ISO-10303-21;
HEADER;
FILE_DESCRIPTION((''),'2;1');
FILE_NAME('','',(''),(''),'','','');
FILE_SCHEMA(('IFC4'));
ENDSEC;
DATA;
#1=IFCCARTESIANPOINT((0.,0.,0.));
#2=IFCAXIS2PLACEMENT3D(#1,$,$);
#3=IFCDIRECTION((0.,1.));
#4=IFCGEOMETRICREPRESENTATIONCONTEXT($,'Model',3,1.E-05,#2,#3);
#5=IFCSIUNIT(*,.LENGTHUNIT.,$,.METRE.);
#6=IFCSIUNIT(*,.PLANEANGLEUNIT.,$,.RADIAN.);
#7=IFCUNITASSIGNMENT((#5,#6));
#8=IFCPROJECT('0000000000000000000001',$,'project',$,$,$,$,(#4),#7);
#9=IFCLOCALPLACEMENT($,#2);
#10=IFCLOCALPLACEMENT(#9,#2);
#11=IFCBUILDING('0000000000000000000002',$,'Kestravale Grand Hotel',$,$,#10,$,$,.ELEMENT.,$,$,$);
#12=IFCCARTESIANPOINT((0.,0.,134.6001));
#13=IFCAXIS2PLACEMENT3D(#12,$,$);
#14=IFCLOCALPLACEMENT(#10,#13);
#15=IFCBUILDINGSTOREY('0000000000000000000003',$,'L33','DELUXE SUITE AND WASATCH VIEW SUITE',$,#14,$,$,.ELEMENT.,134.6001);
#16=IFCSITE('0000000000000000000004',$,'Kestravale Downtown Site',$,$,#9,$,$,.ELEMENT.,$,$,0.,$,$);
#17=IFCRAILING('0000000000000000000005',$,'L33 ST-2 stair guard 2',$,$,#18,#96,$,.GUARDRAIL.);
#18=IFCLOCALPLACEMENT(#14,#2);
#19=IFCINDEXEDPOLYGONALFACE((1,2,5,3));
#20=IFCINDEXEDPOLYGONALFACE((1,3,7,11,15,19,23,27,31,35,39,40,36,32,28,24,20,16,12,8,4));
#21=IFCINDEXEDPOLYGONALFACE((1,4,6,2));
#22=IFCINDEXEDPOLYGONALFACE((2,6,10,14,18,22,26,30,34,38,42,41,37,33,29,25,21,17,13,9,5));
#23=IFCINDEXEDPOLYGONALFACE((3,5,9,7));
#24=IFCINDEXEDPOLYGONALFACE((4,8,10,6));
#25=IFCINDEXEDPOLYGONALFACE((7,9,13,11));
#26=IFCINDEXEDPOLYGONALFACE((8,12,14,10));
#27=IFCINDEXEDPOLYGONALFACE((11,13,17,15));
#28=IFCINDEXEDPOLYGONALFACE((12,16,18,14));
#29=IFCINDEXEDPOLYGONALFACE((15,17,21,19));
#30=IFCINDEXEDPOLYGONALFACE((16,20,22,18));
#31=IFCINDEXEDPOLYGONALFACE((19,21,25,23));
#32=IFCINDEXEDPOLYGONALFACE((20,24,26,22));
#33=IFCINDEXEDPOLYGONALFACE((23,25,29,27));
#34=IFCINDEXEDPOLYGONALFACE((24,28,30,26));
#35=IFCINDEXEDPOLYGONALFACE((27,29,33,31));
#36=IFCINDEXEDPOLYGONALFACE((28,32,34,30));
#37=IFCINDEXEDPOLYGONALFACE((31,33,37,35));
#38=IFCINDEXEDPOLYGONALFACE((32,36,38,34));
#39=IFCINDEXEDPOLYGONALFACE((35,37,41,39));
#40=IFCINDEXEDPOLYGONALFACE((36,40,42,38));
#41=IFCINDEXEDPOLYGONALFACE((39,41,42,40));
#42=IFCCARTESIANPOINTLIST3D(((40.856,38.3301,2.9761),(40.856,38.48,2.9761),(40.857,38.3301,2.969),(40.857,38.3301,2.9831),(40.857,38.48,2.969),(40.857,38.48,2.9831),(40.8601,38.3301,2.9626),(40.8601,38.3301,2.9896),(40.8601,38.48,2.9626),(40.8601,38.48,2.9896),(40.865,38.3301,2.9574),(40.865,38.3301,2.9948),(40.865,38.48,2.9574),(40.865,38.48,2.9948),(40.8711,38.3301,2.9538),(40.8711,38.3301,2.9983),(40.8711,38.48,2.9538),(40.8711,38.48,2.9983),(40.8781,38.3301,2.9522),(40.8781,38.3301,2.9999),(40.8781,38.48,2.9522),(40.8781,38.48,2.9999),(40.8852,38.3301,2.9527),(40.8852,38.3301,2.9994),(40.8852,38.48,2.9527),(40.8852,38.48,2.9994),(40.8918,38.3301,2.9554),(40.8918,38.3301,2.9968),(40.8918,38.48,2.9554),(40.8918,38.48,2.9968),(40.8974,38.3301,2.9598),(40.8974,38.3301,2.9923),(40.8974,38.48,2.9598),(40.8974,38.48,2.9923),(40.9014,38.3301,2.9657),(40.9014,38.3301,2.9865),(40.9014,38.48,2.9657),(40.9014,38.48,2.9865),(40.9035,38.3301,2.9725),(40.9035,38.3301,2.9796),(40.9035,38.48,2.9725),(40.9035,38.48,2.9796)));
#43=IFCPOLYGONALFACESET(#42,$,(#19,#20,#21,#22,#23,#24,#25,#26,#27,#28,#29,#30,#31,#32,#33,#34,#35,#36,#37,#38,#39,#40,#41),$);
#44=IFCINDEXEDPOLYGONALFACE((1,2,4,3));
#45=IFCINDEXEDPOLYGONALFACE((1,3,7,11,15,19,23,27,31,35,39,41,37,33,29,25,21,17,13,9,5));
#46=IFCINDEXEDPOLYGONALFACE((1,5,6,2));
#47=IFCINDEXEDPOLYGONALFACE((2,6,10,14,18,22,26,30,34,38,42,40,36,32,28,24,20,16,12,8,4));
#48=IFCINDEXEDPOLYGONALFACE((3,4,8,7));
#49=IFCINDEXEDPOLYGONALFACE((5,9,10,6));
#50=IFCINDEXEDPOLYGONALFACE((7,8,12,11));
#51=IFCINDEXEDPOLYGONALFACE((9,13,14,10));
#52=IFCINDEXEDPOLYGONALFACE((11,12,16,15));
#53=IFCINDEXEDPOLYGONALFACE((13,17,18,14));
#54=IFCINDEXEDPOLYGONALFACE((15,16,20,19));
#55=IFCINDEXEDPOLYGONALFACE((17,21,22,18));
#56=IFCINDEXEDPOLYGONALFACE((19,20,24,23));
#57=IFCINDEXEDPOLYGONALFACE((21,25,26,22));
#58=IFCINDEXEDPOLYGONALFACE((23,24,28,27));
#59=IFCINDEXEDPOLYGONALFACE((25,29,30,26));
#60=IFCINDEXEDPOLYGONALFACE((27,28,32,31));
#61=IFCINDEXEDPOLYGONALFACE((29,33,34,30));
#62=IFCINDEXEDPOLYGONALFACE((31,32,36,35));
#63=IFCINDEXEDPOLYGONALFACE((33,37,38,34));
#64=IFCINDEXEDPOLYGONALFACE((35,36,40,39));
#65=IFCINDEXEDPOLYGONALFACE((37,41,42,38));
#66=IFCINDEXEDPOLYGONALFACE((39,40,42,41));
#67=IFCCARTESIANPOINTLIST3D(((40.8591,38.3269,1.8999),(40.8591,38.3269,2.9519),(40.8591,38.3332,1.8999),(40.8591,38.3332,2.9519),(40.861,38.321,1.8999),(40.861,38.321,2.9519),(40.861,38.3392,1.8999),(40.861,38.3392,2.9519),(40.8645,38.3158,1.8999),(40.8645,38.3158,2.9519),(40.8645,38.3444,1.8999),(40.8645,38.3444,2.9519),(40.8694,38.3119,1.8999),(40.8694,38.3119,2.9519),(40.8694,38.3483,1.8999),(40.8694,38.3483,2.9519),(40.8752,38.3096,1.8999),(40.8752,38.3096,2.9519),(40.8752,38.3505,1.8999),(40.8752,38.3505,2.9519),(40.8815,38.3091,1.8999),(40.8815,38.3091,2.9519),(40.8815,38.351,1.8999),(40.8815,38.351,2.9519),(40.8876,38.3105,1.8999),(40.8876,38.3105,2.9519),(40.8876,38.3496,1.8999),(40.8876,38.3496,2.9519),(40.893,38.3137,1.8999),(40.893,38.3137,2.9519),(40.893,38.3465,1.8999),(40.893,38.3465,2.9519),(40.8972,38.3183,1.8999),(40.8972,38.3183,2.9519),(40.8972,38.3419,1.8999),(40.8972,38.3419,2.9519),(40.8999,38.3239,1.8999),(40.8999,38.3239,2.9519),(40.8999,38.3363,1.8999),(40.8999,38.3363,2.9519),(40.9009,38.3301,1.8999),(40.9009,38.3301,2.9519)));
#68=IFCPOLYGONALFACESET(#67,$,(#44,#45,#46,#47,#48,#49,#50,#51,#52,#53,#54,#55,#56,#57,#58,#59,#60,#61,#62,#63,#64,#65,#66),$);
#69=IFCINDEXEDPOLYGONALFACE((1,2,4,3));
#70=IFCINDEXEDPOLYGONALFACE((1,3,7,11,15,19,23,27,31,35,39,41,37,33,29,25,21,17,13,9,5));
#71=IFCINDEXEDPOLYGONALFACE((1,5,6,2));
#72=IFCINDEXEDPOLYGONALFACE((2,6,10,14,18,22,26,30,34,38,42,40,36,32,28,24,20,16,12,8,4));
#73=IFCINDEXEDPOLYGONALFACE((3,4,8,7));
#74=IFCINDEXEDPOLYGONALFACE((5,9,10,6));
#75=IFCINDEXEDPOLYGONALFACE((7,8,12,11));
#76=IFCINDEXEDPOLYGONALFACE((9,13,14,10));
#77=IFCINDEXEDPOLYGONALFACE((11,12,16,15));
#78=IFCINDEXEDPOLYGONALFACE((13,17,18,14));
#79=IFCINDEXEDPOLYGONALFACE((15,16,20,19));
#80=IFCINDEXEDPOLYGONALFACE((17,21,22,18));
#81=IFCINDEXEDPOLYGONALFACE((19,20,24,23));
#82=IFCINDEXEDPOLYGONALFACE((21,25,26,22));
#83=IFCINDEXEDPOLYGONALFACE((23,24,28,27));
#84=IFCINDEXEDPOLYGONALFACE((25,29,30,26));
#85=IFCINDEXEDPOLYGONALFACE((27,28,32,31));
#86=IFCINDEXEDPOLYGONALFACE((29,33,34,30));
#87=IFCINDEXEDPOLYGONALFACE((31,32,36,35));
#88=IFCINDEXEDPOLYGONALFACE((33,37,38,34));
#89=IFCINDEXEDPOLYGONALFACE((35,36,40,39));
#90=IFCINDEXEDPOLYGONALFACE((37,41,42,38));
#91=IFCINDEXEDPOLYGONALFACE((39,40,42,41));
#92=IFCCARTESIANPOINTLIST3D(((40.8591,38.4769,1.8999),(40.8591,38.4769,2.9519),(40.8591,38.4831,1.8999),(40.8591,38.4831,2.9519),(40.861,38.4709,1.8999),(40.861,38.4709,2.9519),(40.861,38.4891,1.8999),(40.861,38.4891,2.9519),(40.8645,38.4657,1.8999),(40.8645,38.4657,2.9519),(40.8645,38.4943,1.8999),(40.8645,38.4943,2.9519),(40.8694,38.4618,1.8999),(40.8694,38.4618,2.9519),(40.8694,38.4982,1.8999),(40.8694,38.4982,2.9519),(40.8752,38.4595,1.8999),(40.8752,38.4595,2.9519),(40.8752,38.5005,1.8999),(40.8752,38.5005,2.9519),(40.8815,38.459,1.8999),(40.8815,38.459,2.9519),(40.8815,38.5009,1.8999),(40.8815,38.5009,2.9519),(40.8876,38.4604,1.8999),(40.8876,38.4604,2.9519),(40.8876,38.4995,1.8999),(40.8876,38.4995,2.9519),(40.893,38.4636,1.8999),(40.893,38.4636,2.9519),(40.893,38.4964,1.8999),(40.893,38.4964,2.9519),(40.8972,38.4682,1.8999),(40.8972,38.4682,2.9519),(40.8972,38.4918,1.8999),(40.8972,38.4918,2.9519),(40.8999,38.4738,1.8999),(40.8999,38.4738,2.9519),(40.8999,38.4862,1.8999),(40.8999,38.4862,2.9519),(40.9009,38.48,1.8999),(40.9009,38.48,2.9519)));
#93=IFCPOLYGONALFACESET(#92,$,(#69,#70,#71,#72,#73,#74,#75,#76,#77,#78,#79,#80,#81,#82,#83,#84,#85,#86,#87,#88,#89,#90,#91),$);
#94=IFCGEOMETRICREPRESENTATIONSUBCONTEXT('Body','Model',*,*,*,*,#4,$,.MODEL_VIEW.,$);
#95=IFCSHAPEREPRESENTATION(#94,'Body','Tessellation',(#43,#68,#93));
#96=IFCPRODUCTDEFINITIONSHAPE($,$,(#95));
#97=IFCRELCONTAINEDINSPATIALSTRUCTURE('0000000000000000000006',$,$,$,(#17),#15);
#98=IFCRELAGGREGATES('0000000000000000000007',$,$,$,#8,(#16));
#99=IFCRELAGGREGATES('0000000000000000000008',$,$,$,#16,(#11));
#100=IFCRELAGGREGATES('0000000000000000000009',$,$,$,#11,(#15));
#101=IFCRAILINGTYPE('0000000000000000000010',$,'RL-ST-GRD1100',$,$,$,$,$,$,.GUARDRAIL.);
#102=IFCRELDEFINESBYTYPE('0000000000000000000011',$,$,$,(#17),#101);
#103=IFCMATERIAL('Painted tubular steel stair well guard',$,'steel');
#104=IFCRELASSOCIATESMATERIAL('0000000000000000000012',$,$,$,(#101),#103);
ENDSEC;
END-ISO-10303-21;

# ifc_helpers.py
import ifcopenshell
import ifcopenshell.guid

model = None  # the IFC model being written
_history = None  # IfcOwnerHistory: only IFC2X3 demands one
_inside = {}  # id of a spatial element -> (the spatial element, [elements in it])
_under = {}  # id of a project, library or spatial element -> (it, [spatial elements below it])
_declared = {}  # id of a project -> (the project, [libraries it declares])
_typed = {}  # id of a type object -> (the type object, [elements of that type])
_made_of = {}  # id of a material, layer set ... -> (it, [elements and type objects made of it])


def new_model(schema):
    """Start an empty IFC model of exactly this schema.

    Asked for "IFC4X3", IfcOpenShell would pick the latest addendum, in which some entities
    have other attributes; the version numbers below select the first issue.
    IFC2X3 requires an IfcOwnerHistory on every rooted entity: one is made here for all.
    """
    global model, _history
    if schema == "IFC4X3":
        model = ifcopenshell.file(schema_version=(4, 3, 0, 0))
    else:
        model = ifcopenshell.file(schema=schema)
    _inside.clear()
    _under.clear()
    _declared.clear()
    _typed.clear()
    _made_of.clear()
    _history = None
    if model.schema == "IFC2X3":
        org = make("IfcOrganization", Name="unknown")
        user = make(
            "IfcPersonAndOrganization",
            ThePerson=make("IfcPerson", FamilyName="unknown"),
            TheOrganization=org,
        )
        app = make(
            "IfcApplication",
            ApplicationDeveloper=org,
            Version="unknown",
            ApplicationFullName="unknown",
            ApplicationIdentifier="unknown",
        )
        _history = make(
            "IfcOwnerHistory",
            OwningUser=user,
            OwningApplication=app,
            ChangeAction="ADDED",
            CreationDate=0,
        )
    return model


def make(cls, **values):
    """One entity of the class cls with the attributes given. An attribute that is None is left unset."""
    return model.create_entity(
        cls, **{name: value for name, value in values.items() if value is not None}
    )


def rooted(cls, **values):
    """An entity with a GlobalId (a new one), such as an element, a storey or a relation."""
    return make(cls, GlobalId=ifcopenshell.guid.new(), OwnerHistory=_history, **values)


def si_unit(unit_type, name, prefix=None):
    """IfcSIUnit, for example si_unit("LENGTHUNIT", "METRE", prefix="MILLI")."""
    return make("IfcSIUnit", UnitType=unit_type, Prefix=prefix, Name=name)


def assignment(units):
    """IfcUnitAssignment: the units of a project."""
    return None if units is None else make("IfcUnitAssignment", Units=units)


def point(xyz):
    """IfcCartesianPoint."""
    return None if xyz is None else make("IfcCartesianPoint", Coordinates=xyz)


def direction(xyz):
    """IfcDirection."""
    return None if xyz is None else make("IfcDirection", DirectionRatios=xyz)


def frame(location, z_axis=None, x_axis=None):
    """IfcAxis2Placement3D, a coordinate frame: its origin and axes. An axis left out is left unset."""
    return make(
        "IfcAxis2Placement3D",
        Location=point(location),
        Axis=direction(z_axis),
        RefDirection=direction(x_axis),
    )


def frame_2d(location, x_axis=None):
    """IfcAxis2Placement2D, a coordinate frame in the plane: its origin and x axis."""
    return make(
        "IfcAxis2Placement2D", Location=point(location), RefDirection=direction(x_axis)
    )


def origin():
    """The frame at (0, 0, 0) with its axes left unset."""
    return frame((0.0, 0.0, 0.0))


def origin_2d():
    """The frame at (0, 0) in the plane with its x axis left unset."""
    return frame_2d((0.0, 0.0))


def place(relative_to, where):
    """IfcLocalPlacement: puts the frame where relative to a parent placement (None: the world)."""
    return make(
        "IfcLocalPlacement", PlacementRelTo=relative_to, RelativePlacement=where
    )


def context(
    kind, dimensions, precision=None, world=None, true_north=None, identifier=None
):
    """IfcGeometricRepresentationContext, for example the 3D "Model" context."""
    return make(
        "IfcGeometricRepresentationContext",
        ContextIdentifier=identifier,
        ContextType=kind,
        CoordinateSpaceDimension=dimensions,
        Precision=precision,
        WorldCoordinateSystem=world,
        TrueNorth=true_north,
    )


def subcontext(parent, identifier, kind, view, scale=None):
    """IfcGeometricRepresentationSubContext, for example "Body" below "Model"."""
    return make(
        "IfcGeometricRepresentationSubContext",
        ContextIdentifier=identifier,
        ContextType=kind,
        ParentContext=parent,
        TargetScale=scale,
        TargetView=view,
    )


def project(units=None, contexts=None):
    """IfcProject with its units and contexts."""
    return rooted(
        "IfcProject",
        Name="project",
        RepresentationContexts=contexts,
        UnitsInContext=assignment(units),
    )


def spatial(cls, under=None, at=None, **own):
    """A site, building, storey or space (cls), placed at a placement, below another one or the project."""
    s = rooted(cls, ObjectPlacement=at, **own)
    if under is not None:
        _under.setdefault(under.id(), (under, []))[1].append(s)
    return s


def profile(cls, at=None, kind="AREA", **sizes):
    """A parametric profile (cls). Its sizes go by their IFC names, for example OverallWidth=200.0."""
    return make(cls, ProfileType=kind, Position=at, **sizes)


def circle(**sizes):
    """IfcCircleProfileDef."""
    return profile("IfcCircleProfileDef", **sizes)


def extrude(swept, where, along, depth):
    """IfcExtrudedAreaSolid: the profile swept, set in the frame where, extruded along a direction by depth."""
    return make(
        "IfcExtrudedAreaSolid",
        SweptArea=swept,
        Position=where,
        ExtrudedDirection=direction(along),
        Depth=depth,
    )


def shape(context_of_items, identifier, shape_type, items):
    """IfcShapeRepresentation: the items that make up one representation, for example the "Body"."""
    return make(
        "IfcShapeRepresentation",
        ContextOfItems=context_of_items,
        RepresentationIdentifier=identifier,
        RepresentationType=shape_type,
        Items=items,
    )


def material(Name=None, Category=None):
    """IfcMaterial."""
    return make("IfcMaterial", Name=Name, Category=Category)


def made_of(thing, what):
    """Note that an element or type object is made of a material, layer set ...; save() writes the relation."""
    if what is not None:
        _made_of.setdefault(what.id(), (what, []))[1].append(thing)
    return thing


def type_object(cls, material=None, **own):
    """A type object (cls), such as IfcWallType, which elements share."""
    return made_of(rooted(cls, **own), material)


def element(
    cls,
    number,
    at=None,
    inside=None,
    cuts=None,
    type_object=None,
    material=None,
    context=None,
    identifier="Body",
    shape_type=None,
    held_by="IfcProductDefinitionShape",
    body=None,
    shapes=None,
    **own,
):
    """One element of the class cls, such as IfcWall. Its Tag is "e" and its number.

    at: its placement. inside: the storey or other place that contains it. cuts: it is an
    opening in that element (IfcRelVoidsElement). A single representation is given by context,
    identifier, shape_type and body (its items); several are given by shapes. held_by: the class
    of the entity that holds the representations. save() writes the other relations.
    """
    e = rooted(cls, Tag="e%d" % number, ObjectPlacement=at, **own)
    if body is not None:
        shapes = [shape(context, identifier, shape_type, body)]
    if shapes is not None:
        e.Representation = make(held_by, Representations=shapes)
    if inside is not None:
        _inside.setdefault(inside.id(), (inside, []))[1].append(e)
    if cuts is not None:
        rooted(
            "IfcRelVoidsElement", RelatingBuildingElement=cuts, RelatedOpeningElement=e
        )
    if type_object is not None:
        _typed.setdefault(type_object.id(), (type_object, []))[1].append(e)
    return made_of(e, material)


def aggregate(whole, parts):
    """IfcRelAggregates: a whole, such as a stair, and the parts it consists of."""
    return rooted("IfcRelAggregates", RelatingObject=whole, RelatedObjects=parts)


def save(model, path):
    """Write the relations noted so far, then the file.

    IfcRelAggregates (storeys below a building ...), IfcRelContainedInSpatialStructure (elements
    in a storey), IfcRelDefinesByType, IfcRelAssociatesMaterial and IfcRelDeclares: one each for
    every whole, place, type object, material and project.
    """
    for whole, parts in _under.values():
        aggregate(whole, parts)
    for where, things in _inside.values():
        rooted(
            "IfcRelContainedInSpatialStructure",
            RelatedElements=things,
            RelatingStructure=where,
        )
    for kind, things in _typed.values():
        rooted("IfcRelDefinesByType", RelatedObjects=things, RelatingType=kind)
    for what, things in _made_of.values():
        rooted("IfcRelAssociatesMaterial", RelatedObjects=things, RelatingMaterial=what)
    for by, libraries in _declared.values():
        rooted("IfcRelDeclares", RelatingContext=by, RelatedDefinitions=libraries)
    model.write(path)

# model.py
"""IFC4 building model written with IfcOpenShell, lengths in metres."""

from ifc_helpers import new_model, si_unit, direction, frame, origin, origin_2d, place, context, subcontext, project, spatial, circle, extrude, material, type_object, element, save


model = new_model("IFC4")

# Units and contexts
model_context = context("Model", 3, precision=1e-05, world=origin(), true_north=direction((0.0, 1.0)))
body_context = subcontext(model_context, "Body", "Model", "MODEL_VIEW")
ifc_project = project(units=[si_unit("LENGTHUNIT", "METRE"), si_unit("PLANEANGLEUNIT", "RADIAN")], contexts=[model_context])

# Site, building, storey
site_placement = place(None, origin())
site = spatial("IfcSite", under=ifc_project, at=site_placement, Name="Kestravale Downtown Site", CompositionType="ELEMENT", RefElevation=0.0)
building_placement = place(site_placement, origin())
building = spatial("IfcBuilding", under=site, at=building_placement, Name="Kestravale Grand Hotel", CompositionType="ELEMENT")
storey_placement = place(building_placement, frame((0.0, 0.0, 134.6001)))
storey = spatial("IfcBuildingStorey", under=building, at=storey_placement, Name="L33", Description="DELUXE SUITE AND WASATCH VIEW SUITE", CompositionType="ELEMENT", Elevation=134.6001)

# Railing
ifc_material_1 = material(Name="Painted tubular steel stair well guard", Category="steel")
railing_type_1 = type_object("IfcRailingType", Name="RL-ST-GRD1100", PredefinedType="GUARDRAIL", material=ifc_material_1)
railing_1_placement = place(storey_placement, frame((40.8799, 38.3301, 1.8999)))
element("IfcRailing", 1, at=railing_1_placement, inside=storey, type_object=railing_type_1, Name="L33 ST-2 stair guard 2", PredefinedType="GUARDRAIL", context=body_context, shape_type="SweptSolid", body=[
    extrude(circle(Radius=0.0239, at=origin_2d()), frame((0.0, 0.0, 1.0762), z_axis=(0.0, 1.0, 0.0), x_axis=(-1.0, 0.0, 0.0)), (0.0, 0.0, 1.0), 0.1499),
    extrude(circle(Radius=0.021, at=origin_2d()), origin(), (0.0, 0.0, 1.0), 1.052),
    extrude(circle(Radius=0.021, at=origin_2d()), frame((0.0, 0.1499, 0.0)), (0.0, 0.0, 1.0), 1.052),
])

save(model, "model.ifc")
